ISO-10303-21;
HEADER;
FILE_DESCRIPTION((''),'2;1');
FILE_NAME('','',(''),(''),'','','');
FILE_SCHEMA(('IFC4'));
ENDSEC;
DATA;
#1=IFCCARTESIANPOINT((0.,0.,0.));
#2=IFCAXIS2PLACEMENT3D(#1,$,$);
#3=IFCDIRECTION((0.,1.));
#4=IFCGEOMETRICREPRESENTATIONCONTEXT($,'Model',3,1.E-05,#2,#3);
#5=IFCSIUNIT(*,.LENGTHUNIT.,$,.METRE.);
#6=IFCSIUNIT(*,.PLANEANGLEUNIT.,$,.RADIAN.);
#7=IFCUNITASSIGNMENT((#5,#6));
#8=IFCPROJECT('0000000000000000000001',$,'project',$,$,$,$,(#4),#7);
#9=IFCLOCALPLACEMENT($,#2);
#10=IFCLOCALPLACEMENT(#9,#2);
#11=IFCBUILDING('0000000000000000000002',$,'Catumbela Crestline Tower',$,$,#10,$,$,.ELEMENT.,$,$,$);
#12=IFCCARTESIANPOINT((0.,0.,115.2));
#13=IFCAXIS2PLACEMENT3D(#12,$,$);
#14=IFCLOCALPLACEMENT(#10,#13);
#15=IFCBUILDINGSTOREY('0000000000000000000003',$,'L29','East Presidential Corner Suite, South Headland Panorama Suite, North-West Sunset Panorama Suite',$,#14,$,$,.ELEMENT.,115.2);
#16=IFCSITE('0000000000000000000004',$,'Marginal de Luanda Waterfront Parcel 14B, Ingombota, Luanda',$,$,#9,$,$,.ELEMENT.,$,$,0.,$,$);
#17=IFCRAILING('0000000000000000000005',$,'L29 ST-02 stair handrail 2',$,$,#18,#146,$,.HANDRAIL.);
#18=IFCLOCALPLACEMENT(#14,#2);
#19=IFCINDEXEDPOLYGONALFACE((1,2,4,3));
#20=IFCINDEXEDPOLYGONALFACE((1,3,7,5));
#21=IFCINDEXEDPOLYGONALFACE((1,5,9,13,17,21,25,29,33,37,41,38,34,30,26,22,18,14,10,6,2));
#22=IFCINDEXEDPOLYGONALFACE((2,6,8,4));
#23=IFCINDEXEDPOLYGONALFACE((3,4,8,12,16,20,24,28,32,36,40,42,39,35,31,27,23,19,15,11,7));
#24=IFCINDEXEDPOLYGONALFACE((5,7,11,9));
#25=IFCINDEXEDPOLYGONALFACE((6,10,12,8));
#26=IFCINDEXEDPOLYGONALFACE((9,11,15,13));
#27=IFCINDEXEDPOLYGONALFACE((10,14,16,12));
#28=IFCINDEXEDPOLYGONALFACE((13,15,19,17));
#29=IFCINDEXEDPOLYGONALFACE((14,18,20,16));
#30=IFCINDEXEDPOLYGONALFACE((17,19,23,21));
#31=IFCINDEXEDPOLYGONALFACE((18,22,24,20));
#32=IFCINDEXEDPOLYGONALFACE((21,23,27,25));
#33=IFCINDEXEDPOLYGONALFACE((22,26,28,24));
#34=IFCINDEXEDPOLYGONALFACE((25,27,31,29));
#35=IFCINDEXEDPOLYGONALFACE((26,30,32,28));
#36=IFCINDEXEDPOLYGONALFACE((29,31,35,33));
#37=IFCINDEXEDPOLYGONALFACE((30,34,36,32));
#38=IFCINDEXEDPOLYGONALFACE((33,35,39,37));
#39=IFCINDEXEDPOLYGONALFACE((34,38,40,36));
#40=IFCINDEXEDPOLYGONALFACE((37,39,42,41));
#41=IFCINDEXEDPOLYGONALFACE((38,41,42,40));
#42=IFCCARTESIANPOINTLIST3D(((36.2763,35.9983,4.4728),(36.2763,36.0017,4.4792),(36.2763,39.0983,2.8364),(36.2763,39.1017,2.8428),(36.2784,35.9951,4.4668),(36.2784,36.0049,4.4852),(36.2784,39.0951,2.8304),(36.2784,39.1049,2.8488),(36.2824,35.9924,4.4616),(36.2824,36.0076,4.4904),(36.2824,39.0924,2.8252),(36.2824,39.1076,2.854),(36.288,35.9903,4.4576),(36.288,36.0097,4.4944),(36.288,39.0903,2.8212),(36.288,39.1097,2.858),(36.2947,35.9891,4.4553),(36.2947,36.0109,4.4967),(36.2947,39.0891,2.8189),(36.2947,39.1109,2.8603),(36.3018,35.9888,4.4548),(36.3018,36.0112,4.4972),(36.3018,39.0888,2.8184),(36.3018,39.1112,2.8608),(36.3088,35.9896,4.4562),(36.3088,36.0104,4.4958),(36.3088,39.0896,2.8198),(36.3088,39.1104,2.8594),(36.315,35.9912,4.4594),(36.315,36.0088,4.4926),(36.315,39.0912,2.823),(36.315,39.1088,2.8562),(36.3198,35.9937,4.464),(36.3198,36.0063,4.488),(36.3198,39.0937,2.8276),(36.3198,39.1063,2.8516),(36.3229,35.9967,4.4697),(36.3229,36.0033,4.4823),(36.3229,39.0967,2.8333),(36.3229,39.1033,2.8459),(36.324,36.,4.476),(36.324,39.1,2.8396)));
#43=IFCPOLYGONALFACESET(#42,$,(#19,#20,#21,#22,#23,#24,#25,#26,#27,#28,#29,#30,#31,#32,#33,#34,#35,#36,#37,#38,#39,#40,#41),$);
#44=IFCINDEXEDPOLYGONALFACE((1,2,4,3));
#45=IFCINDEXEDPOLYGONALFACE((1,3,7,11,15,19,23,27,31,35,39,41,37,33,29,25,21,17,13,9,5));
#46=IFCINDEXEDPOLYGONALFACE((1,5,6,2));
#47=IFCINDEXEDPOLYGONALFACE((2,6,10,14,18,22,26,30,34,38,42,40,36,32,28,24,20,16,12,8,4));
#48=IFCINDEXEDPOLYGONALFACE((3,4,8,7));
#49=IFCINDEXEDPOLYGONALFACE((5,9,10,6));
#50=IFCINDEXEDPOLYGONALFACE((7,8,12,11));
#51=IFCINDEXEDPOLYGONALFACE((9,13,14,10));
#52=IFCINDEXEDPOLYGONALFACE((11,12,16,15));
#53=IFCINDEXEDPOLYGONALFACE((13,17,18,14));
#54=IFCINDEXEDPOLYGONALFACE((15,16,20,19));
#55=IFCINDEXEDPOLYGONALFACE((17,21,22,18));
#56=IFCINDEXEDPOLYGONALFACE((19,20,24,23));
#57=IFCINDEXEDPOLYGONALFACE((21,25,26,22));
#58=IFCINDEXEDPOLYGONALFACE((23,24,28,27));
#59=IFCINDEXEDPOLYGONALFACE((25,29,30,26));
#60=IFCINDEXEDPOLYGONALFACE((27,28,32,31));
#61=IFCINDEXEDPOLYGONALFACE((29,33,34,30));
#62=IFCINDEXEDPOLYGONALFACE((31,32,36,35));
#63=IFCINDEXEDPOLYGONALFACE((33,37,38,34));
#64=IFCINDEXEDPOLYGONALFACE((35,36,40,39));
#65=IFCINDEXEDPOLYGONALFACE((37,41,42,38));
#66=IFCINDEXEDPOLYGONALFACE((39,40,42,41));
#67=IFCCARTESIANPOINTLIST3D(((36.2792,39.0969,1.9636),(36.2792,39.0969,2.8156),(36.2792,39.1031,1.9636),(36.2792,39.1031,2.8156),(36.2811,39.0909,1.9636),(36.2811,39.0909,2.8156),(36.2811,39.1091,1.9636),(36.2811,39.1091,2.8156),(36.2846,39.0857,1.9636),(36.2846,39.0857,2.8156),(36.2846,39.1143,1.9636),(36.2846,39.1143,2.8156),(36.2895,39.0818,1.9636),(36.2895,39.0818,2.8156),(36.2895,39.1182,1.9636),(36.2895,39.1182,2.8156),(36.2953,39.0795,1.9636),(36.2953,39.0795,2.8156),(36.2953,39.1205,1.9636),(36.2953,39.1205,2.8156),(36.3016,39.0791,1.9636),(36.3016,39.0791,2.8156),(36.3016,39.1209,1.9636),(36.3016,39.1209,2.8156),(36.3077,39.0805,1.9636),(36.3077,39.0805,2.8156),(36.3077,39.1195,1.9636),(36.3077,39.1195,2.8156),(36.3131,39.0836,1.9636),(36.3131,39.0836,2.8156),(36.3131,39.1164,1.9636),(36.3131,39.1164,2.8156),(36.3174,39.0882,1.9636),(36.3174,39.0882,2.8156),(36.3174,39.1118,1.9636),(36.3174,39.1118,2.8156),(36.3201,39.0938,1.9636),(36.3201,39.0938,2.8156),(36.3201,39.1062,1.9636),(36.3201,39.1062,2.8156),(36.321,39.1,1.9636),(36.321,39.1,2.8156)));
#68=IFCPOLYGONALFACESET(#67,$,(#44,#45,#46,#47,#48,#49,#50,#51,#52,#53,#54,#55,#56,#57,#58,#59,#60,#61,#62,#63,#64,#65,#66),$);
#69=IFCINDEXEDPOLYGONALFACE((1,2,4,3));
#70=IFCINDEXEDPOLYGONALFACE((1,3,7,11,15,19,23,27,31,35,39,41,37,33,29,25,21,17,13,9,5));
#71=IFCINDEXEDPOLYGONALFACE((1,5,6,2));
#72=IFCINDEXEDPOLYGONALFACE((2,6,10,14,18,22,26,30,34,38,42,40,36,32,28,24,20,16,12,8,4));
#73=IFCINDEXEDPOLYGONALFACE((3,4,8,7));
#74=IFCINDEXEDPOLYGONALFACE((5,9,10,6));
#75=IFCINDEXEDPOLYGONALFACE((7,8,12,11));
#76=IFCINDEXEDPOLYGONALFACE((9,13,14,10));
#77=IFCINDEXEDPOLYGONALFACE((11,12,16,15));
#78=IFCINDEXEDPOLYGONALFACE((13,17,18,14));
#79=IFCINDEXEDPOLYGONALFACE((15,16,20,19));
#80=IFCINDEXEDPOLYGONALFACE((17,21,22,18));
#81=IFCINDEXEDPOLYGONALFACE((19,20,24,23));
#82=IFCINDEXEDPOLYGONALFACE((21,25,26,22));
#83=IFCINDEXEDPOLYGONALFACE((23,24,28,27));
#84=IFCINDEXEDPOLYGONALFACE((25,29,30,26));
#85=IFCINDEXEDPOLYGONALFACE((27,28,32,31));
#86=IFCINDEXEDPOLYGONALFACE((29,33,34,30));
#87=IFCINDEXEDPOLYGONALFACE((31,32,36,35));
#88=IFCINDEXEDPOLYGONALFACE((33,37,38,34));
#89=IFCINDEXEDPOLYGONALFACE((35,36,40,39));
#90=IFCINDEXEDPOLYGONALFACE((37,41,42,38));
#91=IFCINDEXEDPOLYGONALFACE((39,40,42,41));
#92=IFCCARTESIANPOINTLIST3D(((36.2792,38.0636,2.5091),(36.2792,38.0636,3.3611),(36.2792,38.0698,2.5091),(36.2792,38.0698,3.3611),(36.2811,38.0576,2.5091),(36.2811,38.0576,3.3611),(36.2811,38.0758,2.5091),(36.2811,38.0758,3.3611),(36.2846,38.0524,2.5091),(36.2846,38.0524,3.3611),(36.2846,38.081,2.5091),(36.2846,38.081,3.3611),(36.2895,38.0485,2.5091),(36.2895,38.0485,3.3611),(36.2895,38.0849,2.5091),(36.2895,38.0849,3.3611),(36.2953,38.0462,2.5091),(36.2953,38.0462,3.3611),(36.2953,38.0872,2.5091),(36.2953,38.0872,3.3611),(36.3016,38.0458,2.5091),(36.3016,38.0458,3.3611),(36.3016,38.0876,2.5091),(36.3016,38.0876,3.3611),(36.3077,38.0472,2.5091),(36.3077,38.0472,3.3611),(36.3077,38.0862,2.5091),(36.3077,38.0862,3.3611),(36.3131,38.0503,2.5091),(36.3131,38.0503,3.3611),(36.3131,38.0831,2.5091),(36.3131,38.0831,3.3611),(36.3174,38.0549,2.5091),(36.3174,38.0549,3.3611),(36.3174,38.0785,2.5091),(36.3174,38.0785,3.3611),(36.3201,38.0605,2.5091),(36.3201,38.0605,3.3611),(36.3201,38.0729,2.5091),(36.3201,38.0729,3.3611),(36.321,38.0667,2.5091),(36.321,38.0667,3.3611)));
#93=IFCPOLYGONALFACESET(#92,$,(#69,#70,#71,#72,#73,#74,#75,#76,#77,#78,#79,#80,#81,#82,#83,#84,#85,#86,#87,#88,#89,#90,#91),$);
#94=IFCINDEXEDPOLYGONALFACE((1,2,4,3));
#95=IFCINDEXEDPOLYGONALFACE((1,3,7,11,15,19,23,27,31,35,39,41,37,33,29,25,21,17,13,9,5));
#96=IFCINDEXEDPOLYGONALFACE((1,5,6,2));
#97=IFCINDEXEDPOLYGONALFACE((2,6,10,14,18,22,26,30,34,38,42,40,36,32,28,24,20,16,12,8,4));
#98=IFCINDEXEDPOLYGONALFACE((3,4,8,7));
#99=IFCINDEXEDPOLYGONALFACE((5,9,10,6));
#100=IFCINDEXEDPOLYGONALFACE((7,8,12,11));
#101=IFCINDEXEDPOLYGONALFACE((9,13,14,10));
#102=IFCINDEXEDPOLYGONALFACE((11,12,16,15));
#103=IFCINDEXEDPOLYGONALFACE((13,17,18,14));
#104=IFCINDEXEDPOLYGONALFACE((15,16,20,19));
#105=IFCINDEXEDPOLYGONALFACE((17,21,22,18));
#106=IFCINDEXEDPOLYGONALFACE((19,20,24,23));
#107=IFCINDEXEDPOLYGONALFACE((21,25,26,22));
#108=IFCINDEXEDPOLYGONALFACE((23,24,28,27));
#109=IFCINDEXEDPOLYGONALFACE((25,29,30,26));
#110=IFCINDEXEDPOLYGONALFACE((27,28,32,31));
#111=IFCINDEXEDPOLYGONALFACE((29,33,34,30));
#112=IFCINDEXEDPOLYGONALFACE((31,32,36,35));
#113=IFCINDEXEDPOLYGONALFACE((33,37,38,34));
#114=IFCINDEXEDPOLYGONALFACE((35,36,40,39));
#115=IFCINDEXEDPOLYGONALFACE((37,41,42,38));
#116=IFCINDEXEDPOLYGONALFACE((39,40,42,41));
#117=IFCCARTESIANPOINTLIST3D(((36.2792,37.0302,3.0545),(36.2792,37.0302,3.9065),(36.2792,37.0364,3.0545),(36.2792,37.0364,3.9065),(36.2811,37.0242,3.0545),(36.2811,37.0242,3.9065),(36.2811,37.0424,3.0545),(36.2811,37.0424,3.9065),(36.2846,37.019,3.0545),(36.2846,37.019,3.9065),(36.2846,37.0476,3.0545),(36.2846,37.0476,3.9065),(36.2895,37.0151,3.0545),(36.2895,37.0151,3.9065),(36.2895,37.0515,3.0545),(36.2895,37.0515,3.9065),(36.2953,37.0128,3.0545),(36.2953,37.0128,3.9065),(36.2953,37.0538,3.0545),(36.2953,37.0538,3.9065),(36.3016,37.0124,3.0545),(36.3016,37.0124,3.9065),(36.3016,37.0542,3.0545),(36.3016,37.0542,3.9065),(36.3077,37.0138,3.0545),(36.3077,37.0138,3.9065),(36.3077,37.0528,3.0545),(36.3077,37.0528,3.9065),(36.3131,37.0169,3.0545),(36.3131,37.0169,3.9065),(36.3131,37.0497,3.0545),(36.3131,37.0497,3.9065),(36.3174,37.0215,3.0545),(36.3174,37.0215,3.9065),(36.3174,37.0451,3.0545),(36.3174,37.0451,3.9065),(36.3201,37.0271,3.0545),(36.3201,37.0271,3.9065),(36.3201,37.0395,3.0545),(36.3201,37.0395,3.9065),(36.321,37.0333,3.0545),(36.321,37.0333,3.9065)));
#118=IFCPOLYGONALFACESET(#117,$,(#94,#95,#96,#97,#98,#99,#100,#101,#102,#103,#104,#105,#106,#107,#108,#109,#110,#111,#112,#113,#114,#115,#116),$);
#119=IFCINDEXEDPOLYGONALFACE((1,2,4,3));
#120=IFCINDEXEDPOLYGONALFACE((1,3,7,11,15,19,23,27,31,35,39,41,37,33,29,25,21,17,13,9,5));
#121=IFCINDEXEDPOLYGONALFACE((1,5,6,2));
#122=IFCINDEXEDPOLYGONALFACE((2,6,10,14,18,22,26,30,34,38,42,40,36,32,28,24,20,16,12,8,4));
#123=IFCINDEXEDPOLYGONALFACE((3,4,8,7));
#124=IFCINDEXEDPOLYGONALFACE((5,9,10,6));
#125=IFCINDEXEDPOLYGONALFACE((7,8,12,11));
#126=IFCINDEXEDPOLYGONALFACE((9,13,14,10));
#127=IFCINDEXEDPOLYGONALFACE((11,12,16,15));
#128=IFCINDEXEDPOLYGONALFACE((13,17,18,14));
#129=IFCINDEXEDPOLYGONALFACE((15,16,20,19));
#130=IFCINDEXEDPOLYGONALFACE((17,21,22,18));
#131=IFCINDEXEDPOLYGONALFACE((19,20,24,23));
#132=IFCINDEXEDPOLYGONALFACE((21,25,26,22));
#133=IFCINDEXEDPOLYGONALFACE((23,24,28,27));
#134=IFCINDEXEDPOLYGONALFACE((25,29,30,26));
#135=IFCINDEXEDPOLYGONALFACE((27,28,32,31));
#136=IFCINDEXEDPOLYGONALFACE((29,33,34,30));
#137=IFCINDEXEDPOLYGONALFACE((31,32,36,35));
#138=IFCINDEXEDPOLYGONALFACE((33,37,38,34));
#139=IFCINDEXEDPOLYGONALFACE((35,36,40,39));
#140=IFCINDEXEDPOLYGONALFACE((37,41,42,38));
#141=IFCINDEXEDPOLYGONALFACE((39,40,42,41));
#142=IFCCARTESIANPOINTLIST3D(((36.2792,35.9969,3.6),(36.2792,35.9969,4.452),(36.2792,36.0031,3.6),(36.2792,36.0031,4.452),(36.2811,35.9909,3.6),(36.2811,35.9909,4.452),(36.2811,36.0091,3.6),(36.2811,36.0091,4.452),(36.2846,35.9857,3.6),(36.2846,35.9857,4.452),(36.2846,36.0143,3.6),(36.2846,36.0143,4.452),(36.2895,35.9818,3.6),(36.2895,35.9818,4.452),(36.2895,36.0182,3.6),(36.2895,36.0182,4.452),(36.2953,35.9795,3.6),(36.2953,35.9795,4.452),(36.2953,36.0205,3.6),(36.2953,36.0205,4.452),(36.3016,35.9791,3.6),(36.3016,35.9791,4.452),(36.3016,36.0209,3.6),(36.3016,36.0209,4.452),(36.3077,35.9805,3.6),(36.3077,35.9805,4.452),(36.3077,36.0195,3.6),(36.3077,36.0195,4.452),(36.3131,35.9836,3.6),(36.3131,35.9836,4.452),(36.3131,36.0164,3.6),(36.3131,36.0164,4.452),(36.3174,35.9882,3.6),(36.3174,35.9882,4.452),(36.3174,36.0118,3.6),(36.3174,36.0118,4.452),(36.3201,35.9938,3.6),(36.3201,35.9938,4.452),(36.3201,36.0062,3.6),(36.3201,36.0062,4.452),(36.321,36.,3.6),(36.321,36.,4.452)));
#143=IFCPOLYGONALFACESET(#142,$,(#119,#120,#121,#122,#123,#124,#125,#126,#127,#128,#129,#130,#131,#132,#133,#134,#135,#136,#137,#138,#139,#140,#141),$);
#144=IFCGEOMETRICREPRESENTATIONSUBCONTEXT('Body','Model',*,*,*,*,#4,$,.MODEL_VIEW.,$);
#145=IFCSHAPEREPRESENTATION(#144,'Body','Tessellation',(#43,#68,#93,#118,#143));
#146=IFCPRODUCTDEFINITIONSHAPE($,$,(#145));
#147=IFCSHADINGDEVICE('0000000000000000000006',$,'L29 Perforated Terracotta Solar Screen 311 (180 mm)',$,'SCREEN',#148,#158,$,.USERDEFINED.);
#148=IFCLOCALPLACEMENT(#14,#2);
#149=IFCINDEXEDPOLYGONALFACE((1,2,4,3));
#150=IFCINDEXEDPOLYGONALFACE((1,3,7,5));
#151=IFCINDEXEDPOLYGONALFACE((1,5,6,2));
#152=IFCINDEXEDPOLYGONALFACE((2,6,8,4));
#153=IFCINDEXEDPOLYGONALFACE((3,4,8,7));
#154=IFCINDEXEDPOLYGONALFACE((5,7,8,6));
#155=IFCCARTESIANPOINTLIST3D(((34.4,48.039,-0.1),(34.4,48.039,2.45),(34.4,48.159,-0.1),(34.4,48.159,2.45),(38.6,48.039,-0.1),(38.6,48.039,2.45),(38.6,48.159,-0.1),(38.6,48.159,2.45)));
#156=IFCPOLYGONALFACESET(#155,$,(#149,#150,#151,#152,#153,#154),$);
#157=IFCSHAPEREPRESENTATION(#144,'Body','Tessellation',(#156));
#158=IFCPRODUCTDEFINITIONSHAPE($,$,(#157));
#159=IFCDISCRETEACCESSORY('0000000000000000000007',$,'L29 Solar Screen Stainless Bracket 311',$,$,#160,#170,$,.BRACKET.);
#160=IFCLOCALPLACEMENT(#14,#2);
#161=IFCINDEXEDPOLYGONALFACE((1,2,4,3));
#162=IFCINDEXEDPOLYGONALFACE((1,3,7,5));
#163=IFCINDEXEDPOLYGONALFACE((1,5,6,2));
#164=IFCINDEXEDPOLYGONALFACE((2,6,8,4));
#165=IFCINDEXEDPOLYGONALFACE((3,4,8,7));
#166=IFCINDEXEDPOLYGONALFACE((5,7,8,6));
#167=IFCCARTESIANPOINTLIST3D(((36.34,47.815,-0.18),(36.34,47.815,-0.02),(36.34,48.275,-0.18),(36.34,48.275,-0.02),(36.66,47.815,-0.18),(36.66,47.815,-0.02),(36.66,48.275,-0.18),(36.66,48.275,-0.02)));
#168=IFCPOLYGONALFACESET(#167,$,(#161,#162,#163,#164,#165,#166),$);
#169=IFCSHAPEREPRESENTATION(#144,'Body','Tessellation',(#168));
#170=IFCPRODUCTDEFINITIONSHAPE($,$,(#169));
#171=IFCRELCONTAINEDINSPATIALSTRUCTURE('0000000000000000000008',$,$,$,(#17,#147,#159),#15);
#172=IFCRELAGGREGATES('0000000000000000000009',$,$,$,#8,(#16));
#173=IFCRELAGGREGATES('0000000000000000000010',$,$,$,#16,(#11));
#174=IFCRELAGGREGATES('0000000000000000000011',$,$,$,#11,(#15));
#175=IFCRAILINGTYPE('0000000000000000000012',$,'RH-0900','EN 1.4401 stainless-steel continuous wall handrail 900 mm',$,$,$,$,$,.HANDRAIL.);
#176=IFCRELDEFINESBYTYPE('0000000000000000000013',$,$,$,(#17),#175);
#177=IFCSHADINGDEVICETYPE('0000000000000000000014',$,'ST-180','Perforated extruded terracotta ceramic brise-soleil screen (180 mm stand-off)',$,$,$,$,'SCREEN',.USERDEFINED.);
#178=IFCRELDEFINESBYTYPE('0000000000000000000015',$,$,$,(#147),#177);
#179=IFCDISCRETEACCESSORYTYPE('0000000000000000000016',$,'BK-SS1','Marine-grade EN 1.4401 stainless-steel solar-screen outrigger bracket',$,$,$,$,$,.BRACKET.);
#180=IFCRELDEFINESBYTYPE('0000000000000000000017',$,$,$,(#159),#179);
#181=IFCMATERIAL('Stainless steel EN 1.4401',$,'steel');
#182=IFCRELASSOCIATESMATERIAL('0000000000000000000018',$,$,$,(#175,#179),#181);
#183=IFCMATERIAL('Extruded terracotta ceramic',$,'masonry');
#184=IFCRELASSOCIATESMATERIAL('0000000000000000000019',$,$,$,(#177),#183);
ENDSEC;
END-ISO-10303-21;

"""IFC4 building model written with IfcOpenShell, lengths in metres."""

from ifc_helpers import new_model, si_unit, direction, frame, origin, origin_2d, place, context, subcontext, project, spatial, rectangle, circle, extrude, material, type_object, element, save


model = new_model("IFC4")

# Units and contexts
model_context = context("Model", 3, precision=1e-05, world=origin(), true_north=direction((0.0, 1.0)))
body_context = subcontext(model_context, "Body", "Model", "MODEL_VIEW")
ifc_project = project(units=[si_unit("LENGTHUNIT", "METRE"), si_unit("PLANEANGLEUNIT", "RADIAN")], contexts=[model_context])

# Site, building, storey
site_placement = place(None, origin())
site = spatial("IfcSite", under=ifc_project, at=site_placement, Name="Marginal de Luanda Waterfront Parcel 14B, Ingombota, Luanda", CompositionType="ELEMENT", RefElevation=0.0)
building_placement = place(site_placement, origin())
building = spatial("IfcBuilding", under=site, at=building_placement, Name="Catumbela Crestline Tower", CompositionType="ELEMENT")
storey_placement = place(building_placement, frame((0.0, 0.0, 115.2)))
storey = spatial("IfcBuildingStorey", under=building, at=storey_placement, Name="L29", Description="East Presidential Corner Suite, South Headland Panorama Suite, North-West Sunset Panorama Suite", CompositionType="ELEMENT", Elevation=115.2)

# Shared definitions
ifc_material_1 = material(Name="Stainless steel EN 1.4401", Category="steel")

# Railing
railing_type_1 = type_object("IfcRailingType", Name="RH-0900", Description="EN 1.4401 stainless-steel continuous wall handrail 900 mm", PredefinedType="HANDRAIL", material=ifc_material_1)
railing_1_placement = place(storey_placement, frame((36.3, 39.1, 1.9636)))
element("IfcRailing", 1, at=railing_1_placement, inside=storey, type_object=railing_type_1, Name="L29 ST-02 stair handrail 2", PredefinedType="HANDRAIL", context=body_context, shape_type="SweptSolid", body=[
    extrude(circle(Radius=0.024, at=origin_2d()), frame((0.0, 0.0, 0.876), z_axis=(0.0, -0.884351, 0.466823), x_axis=(1.0, 0.0, 0.0)), (0.0, 0.0, 1.0), 3.5054),
    extrude(circle(Radius=0.021, at=origin_2d()), origin(), (0.0, 0.0, 1.0), 0.852),
    extrude(circle(Radius=0.021, at=origin_2d()), frame((0.0, -1.0333, 0.5455)), (0.0, 0.0, 1.0), 0.852),
    extrude(circle(Radius=0.021, at=origin_2d()), frame((0.0, -2.0667, 1.0909)), (0.0, 0.0, 1.0), 0.852),
    extrude(circle(Radius=0.021, at=origin_2d()), frame((0.0, -3.1, 1.6364)), (0.0, 0.0, 1.0), 0.852),
])

# Shading device
ifc_material_2 = material(Name="Extruded terracotta ceramic", Category="masonry")
shading_device_type = type_object("IfcShadingDeviceType", Name="ST-180", Description="Perforated extruded terracotta ceramic brise-soleil screen (180 mm stand-off)", ElementType="SCREEN", PredefinedType="USERDEFINED", material=ifc_material_2)
shading_device_placement = place(storey_placement, frame((36.5, 48.099, -0.1), z_axis=(0.0, 0.0, 1.0), x_axis=(-1.0, 0.0, 0.0)))
element("IfcShadingDevice", 2, at=shading_device_placement, inside=storey, type_object=shading_device_type, Name="L29 Perforated Terracotta Solar Screen 311 (180 mm)", ObjectType="SCREEN", PredefinedType="USERDEFINED", context=body_context, shape_type="SweptSolid", body=[
    extrude(rectangle(XDim=4.2, YDim=0.12, at=origin_2d()), origin(), (0.0, 0.0, 1.0), 2.55),
])

# Discrete accessory
discrete_accessory_type = type_object("IfcDiscreteAccessoryType", Name="BK-SS1", Description="Marine-grade EN 1.4401 stainless-steel solar-screen outrigger bracket", PredefinedType="BRACKET", material=ifc_material_1)
discrete_accessory_placement = place(storey_placement, frame((36.5, 48.045, -0.18), z_axis=(0.0, 0.0, 1.0), x_axis=(-1.0, 0.0, 0.0)))
element("IfcDiscreteAccessory", 3, at=discrete_accessory_placement, inside=storey, type_object=discrete_accessory_type, Name="L29 Solar Screen Stainless Bracket 311", PredefinedType="BRACKET", context=body_context, shape_type="SweptSolid", body=[
    extrude(rectangle(XDim=0.32, YDim=0.46, at=origin_2d()), origin(), (0.0, 0.0, 1.0), 0.16),
])

save(model, "model.ifc")
